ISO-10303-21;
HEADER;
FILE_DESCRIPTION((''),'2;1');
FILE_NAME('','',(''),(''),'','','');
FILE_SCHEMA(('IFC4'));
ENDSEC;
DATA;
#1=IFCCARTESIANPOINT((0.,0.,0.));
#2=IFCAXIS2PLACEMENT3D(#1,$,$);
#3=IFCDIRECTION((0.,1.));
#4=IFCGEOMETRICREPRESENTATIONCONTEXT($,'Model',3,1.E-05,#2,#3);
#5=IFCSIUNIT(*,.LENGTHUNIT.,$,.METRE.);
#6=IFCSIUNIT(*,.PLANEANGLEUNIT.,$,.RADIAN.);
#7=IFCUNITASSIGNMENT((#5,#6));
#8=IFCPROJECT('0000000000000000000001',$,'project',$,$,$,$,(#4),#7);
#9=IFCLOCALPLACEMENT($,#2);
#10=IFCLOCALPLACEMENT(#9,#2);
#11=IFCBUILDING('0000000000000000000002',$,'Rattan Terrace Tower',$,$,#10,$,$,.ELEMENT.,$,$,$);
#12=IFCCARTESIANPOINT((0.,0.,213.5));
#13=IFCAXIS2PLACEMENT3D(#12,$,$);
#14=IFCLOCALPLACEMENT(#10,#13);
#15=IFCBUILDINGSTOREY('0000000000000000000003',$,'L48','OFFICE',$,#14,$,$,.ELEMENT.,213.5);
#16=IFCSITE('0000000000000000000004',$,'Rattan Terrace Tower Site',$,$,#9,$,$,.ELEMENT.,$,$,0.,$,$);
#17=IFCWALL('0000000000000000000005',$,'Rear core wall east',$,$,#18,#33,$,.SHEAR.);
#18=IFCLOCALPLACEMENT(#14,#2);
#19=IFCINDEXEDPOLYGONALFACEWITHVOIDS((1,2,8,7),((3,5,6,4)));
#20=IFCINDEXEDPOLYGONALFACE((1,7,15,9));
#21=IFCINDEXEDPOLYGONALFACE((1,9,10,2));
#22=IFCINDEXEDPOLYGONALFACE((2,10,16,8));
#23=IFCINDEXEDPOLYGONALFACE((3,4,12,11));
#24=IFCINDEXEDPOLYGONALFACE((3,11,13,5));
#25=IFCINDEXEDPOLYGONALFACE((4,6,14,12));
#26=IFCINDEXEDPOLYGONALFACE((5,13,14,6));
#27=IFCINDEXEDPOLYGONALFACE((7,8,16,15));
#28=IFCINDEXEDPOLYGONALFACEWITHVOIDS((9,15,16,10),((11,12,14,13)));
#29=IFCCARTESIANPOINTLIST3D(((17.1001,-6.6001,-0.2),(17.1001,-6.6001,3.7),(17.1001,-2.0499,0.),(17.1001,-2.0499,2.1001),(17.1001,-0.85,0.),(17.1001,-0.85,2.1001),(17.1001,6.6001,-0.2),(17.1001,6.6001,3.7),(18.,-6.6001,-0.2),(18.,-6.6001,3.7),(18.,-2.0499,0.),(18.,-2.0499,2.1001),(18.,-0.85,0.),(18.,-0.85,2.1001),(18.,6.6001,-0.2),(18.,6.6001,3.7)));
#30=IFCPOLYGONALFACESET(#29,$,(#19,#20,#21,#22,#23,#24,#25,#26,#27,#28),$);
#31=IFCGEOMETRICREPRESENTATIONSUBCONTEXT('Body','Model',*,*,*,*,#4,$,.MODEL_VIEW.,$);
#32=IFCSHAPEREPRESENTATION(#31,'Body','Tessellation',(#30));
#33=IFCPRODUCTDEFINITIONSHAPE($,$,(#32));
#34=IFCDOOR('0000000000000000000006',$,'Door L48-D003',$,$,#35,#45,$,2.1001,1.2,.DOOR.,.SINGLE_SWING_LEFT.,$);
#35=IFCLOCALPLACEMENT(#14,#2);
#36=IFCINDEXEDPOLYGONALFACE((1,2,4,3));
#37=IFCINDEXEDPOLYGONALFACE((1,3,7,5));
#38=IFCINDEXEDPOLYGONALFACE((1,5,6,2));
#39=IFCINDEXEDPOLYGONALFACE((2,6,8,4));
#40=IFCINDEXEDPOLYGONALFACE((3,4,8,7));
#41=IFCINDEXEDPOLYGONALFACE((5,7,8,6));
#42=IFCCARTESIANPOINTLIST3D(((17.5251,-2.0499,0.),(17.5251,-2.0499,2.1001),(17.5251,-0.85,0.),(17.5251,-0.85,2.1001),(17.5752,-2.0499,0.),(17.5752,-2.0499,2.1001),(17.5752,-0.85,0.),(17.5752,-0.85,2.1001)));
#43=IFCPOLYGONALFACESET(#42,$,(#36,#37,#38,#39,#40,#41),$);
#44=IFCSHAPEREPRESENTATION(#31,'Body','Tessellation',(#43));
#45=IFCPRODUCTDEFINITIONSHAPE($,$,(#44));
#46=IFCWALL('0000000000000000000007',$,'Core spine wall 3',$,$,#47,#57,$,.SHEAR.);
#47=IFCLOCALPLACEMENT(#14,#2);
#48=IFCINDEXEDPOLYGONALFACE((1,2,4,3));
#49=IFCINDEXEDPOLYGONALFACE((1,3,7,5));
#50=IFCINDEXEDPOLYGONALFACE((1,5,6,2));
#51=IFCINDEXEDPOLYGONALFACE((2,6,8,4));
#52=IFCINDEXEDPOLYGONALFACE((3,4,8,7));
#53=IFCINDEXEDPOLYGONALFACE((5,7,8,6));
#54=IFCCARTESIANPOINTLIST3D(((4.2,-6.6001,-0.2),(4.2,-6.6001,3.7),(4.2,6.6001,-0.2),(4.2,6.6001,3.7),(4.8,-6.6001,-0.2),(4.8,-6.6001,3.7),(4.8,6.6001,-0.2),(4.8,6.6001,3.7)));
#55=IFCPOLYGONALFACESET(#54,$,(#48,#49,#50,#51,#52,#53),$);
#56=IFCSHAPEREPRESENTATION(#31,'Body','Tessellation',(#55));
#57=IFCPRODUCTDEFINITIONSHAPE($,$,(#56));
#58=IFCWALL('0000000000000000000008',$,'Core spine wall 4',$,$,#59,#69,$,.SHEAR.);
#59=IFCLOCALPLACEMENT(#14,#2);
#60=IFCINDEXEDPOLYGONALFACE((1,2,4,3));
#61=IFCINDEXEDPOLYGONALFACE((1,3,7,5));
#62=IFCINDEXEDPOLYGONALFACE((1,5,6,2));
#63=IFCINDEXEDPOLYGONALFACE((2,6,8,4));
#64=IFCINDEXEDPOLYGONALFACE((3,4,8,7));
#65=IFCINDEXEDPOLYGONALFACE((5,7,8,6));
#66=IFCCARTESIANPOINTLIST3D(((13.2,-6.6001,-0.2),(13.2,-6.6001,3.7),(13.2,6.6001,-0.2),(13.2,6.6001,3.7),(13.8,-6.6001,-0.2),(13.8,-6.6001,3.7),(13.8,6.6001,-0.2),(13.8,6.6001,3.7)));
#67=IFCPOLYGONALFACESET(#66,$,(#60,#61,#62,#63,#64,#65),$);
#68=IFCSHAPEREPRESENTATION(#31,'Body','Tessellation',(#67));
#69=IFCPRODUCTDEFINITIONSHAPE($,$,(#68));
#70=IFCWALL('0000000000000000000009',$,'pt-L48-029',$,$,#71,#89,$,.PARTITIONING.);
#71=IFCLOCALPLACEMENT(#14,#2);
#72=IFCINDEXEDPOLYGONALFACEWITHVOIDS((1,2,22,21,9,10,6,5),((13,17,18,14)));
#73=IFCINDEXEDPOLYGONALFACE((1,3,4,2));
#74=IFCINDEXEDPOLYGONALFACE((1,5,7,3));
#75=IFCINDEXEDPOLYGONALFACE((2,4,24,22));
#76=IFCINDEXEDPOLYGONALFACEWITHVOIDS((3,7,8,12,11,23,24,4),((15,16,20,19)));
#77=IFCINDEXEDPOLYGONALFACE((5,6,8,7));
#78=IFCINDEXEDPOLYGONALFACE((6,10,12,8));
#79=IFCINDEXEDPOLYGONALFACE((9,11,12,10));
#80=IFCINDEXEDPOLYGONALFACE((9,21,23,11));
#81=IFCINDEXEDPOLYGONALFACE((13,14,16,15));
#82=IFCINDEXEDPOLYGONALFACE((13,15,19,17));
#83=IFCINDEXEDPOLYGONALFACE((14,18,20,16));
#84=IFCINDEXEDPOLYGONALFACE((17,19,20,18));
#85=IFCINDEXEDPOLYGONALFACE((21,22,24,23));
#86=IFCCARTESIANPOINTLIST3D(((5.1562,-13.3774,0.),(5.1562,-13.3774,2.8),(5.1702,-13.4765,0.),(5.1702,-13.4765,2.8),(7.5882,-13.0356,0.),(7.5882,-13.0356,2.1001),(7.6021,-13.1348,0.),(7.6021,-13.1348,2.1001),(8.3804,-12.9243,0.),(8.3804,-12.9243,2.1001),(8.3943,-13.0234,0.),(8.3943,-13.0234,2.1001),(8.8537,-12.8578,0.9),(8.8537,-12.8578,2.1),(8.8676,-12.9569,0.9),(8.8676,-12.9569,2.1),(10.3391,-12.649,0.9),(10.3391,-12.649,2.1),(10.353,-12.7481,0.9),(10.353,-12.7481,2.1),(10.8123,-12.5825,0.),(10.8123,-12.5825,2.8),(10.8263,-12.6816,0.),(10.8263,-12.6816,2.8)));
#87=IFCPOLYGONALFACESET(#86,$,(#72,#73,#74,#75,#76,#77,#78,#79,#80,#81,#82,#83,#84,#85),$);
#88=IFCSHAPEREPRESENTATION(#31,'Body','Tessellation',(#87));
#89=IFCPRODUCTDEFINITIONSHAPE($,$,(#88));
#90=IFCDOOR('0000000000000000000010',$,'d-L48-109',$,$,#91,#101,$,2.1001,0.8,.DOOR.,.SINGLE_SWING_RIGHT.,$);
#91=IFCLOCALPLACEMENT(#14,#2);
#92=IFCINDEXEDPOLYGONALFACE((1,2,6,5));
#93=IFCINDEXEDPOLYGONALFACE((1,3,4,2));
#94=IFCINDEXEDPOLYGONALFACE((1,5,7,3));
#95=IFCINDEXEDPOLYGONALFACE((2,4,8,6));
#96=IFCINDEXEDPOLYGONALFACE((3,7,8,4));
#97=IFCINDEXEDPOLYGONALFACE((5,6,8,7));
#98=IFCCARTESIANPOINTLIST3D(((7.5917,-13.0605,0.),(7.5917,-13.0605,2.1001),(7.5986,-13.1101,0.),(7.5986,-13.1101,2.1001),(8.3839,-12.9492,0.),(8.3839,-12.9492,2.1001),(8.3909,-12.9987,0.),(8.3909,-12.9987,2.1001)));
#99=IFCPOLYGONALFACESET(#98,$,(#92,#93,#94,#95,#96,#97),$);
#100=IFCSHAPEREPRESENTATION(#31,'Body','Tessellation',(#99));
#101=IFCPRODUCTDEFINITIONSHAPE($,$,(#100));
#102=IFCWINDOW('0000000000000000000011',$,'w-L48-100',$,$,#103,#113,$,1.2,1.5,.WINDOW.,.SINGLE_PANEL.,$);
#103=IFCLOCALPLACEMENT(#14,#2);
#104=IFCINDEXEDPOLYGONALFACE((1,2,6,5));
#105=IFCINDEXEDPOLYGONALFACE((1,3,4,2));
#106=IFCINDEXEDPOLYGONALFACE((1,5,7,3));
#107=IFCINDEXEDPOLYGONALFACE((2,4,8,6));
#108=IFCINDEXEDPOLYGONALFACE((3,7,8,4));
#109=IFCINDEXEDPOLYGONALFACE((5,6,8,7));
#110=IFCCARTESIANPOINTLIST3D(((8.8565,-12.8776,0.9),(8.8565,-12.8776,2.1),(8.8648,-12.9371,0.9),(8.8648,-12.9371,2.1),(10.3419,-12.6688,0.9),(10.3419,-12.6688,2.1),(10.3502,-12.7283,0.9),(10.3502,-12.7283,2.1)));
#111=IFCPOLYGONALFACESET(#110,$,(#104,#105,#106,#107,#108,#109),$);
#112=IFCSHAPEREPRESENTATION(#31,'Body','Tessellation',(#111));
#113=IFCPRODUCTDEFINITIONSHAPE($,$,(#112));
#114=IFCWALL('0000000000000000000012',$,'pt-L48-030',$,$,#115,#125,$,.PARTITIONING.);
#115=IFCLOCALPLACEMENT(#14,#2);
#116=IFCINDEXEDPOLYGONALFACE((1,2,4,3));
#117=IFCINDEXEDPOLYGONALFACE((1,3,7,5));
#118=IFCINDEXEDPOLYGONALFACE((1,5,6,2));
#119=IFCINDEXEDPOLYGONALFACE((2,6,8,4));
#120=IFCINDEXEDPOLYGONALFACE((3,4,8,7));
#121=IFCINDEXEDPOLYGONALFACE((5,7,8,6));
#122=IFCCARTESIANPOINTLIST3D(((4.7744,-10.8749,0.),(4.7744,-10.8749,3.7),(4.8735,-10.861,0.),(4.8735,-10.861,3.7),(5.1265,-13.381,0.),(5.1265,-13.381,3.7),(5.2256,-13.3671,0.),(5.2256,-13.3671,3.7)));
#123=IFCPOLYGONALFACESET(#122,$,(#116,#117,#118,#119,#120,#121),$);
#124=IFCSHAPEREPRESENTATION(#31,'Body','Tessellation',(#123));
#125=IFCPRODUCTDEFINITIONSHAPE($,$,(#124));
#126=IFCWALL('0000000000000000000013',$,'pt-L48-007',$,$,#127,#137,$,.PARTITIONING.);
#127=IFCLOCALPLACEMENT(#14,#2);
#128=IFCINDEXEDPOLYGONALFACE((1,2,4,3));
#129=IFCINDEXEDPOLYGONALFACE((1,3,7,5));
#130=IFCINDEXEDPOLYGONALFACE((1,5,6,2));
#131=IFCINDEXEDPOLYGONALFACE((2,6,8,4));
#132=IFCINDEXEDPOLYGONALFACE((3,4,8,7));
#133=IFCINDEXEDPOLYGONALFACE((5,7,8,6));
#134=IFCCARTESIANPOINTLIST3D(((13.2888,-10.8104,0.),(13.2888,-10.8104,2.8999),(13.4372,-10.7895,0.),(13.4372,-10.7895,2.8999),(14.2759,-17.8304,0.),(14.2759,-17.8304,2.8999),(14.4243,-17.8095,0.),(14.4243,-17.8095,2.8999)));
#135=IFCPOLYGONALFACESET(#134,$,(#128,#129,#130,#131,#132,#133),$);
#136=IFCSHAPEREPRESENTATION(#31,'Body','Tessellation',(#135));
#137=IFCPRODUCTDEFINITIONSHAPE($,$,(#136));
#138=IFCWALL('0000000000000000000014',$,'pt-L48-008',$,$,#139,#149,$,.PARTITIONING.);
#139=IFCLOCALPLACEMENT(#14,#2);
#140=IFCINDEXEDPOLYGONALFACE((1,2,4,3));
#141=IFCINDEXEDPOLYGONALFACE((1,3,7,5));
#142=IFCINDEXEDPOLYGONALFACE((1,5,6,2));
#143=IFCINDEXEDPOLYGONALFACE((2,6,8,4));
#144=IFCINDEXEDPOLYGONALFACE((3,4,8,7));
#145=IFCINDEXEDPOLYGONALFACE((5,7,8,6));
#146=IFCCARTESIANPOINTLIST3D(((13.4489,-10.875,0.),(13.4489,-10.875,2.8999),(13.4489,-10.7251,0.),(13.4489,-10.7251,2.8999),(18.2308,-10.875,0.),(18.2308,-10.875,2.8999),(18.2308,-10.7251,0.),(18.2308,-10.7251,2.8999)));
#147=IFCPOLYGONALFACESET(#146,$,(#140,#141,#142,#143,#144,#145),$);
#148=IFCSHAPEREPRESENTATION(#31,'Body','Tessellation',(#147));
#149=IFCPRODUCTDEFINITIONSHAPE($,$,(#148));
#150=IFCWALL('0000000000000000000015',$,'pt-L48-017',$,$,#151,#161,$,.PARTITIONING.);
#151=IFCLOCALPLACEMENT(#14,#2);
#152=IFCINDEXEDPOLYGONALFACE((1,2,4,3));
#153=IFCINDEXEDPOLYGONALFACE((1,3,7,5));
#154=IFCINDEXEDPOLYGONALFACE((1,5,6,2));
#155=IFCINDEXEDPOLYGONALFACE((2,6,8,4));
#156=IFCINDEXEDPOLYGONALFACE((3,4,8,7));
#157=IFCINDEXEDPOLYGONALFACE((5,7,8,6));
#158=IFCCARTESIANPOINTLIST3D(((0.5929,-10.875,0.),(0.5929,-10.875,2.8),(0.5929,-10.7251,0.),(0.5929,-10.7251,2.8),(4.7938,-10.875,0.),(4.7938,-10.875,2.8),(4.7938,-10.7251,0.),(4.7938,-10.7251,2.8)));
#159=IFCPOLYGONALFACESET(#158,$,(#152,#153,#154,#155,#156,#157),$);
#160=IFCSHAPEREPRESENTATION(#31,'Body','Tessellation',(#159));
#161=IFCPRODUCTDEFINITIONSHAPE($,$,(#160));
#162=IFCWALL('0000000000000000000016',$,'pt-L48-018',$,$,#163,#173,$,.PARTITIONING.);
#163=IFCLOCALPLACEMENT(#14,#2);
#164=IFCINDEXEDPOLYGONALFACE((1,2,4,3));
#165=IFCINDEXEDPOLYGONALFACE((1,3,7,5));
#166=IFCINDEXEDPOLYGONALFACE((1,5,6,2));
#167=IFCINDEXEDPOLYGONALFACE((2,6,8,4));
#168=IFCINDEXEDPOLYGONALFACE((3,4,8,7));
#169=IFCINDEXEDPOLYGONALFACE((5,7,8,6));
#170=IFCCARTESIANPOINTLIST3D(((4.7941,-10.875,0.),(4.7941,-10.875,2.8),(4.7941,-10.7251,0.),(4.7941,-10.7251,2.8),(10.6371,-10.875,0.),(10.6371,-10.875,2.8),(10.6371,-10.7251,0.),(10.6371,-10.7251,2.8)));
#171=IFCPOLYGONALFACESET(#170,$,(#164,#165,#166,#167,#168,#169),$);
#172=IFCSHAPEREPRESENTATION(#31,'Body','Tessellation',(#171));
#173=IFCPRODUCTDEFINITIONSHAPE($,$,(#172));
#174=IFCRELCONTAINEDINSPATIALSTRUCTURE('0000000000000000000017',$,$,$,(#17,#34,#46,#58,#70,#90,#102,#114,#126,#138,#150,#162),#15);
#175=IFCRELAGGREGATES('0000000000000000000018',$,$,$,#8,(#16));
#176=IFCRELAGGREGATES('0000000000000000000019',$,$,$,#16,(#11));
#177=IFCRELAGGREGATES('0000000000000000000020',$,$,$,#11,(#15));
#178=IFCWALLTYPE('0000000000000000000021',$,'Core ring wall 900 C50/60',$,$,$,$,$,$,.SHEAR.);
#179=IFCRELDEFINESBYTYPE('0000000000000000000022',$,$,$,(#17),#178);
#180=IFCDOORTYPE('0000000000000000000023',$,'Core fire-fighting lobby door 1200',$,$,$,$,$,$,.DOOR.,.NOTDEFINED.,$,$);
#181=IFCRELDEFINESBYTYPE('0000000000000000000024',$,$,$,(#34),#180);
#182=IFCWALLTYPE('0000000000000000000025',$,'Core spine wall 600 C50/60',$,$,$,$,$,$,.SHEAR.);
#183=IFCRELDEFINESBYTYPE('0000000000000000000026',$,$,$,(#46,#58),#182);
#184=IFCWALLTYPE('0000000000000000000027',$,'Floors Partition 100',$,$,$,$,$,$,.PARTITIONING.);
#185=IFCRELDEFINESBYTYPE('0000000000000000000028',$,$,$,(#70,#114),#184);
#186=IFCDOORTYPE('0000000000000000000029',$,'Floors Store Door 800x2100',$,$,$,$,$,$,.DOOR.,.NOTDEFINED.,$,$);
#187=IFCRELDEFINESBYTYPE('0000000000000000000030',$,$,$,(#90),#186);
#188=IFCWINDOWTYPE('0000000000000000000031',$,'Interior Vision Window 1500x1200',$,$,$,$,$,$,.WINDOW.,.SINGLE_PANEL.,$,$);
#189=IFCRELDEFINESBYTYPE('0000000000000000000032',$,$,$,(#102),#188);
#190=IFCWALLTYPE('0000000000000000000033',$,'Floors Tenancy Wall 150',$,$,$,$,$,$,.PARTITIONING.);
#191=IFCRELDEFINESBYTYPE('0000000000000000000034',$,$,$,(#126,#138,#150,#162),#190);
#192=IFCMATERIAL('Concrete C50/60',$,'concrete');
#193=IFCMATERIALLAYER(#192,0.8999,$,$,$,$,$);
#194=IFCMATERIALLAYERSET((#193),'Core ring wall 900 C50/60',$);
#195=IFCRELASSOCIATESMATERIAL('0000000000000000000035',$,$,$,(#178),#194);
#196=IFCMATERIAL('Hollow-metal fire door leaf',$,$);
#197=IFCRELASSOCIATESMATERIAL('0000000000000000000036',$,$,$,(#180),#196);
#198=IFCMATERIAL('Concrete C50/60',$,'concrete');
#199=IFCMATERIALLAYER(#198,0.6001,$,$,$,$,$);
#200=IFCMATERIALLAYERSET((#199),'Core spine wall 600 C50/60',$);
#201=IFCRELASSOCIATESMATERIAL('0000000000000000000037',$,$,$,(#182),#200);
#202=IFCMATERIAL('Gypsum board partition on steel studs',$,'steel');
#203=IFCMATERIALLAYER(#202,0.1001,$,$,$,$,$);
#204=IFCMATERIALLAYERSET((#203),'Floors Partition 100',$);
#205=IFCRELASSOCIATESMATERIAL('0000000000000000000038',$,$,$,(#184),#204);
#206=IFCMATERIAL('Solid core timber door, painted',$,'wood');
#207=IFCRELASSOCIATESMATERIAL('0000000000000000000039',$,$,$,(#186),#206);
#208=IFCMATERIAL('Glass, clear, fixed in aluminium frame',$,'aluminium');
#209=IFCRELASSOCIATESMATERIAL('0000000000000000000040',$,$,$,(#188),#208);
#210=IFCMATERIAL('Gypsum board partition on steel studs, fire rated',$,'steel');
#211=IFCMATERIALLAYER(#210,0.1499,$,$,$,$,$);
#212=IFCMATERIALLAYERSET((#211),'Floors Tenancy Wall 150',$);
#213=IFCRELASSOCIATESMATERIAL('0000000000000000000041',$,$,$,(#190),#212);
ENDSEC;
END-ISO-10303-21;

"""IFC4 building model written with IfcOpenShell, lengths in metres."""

from ifc_helpers import new_model, si_unit, direction, frame, frame_2d, origin, place, context, subcontext, project, spatial, rectangle, extrude, material, layer, layer_set, type_object, element, fill, save


model = new_model("IFC4")

# Units and contexts
model_context = context("Model", 3, precision=1e-05, world=origin(), true_north=direction((0.0, 1.0)))
body_context = subcontext(model_context, "Body", "Model", "MODEL_VIEW")
ifc_project = project(units=[si_unit("LENGTHUNIT", "METRE"), si_unit("PLANEANGLEUNIT", "RADIAN")], contexts=[model_context])

# Site, building, storey
site_placement = place(None, origin())
site = spatial("IfcSite", under=ifc_project, at=site_placement, Name="Rattan Terrace Tower Site", CompositionType="ELEMENT", RefElevation=0.0)
building_placement = place(site_placement, origin())
building = spatial("IfcBuilding", under=site, at=building_placement, Name="Rattan Terrace Tower", CompositionType="ELEMENT")
storey_placement = place(building_placement, frame((0.0, 0.0, 213.5)))
storey = spatial("IfcBuildingStorey", under=building, at=storey_placement, Name="L48", Description="OFFICE", CompositionType="ELEMENT", Elevation=213.5)

# Wall, opening, door
ifc_material_1 = material(Name="Concrete C50/60", Category="concrete")
ifc_layer_1 = layer(ifc_material_1, 0.8999)
ifc_layer_set_1 = layer_set([ifc_layer_1], Name="Core ring wall 900 C50/60")
wall_type_1 = type_object("IfcWallType", Name="Core ring wall 900 C50/60", PredefinedType="SHEAR", material=ifc_layer_set_1)
wall_1_placement = place(storey_placement, frame((17.55, -6.6001, -0.2), z_axis=(0.0, 0.0, 1.0), x_axis=(0.0, 1.0, 0.0)))
wall_1 = element("IfcWall", 1, at=wall_1_placement, inside=storey, type_object=wall_type_1, Name="Rear core wall east", PredefinedType="SHEAR", context=body_context, shape_type="SweptSolid", body=[
    extrude(rectangle(XDim=13.2002, YDim=0.8999, at=frame_2d((6.6001, 0.0))), origin(), (0.0, 0.0, 1.0), 3.8999),
])
opening_1_placement = place(wall_1_placement, frame((4.55, 0.0, 0.2)))
opening_1 = element("IfcOpeningElement", 2, at=opening_1_placement, cuts=wall_1, PredefinedType="OPENING", context=body_context, shape_type="SweptSolid", body=[
    extrude(rectangle(XDim=1.2, YDim=2.1001, at=frame_2d((0.6001, 1.05))), frame((0.0, 0.4604, 0.0), z_axis=(0.0, -1.0, 0.0), x_axis=(1.0, 0.0, 0.0)), (0.0, 0.0, 1.0), 0.9209),
])
ifc_material_2 = material(Name="Hollow-metal fire door leaf")
door_type_1 = type_object("IfcDoorType", Name="Core fire-fighting lobby door 1200", OperationType="NOTDEFINED", PredefinedType="DOOR", material=ifc_material_2)
door_1_placement = place(opening_1_placement, origin())
door_1 = element("IfcDoor", 3, at=door_1_placement, inside=storey, type_object=door_type_1, Name="Door L48-D003", OperationType="SINGLE_SWING_LEFT", OverallHeight=2.1001, OverallWidth=1.2, PredefinedType="DOOR", context=body_context, shape_type="SweptSolid", body=[
    extrude(rectangle(XDim=1.2, YDim=2.1001, at=frame_2d((0.6001, 1.05))), frame((0.0, 0.0249, 0.0), z_axis=(0.0, -1.0, 0.0), x_axis=(1.0, 0.0, 0.0)), (0.0, 0.0, 1.0), 0.05),
])
fill(opening_1, door_1)

# Walls
ifc_material_3 = material(Name="Concrete C50/60", Category="concrete")
ifc_layer_2 = layer(ifc_material_3, 0.6001)
ifc_layer_set_2 = layer_set([ifc_layer_2], Name="Core spine wall 600 C50/60")
wall_type_2 = type_object("IfcWallType", Name="Core spine wall 600 C50/60", PredefinedType="SHEAR", material=ifc_layer_set_2)
for number, where, z_axis, x_axis, name in (
    (4, (4.5, -6.6001, -0.2), (0.0, 0.0, 1.0), (0.0, 1.0, 0.0), "Core spine wall 3"),
    (5, (13.5, -6.6001, -0.2), (0.0, 0.0, 1.0), (0.0, 1.0, 0.0), "Core spine wall 4"),
):
    element("IfcWall", number, at=place(storey_placement, frame(where, z_axis=z_axis, x_axis=x_axis)), inside=storey, type_object=wall_type_2, Name=name, PredefinedType="SHEAR", context=body_context, shape_type="SweptSolid", body=[
        extrude(rectangle(XDim=13.2002, YDim=0.6001, at=frame_2d((6.6001, 0.0))), origin(), (0.0, 0.0, 1.0), 3.8999),
    ])

# Wall, openings, door, window
ifc_material_4 = material(Name="Gypsum board partition on steel studs", Category="steel")
ifc_layer_3 = layer(ifc_material_4, 0.1001)
ifc_layer_set_3 = layer_set([ifc_layer_3], Name="Floors Partition 100")
wall_type_3 = type_object("IfcWallType", Name="Floors Partition 100", PredefinedType="PARTITIONING", material=ifc_layer_set_3)
wall_2_placement = place(storey_placement, frame((5.1631, -13.427, 0.0), z_axis=(0.0, 0.0, 1.0), x_axis=(0.990268, 0.139177, 0.0)))
wall_2 = element("IfcWall", 6, at=wall_2_placement, inside=storey, type_object=wall_type_3, Name="pt-L48-029", PredefinedType="PARTITIONING", context=body_context, shape_type="SweptSolid", body=[
    extrude(rectangle(XDim=5.7117, YDim=0.1001, at=frame_2d((2.856, 0.0))), origin(), (0.0, 0.0, 1.0), 2.8),
])
opening_2_placement = place(wall_2_placement, frame((2.4561, 0.0, 0.0)))
opening_2 = element("IfcOpeningElement", 7, at=opening_2_placement, cuts=wall_2, PredefinedType="OPENING", context=body_context, shape_type="SweptSolid", body=[
    extrude(rectangle(XDim=0.8, YDim=2.1001, at=frame_2d((0.3999, 1.05))), frame((0.0, 0.0605, 0.0), z_axis=(0.0, -1.0, 0.0), x_axis=(1.0, 0.0, 0.0)), (0.0, 0.0, 1.0), 0.1211),
])
opening_3_placement = place(wall_2_placement, frame((3.7339, 0.0, 0.8999)))
opening_3 = element("IfcOpeningElement", 8, at=opening_3_placement, cuts=wall_2, PredefinedType="OPENING", context=body_context, shape_type="SweptSolid", body=[
    extrude(rectangle(XDim=1.5, YDim=1.2, at=frame_2d((0.75, 0.6001))), frame((0.0, 0.0605, 0.0), z_axis=(0.0, -1.0, 0.0), x_axis=(1.0, 0.0, 0.0)), (0.0, 0.0, 1.0), 0.1211),
])
ifc_material_5 = material(Name="Solid core timber door, painted", Category="wood")
door_type_2 = type_object("IfcDoorType", Name="Floors Store Door 800x2100", OperationType="NOTDEFINED", PredefinedType="DOOR", material=ifc_material_5)
door_2_placement = place(opening_2_placement, origin())
door_2 = element("IfcDoor", 9, at=door_2_placement, inside=storey, type_object=door_type_2, Name="d-L48-109", OperationType="SINGLE_SWING_RIGHT", OverallHeight=2.1001, OverallWidth=0.8, PredefinedType="DOOR", context=body_context, shape_type="SweptSolid", body=[
    extrude(rectangle(XDim=0.8, YDim=2.1001, at=frame_2d((0.3999, 1.05))), frame((0.0, 0.0249, 0.0), z_axis=(0.0, -1.0, 0.0), x_axis=(1.0, 0.0, 0.0)), (0.0, 0.0, 1.0), 0.05),
])
fill(opening_2, door_2)
ifc_material_6 = material(Name="Glass, clear, fixed in aluminium frame", Category="aluminium")
window_type = type_object("IfcWindowType", Name="Interior Vision Window 1500x1200", PartitioningType="SINGLE_PANEL", PredefinedType="WINDOW", material=ifc_material_6)
window_placement = place(opening_3_placement, origin())
window = element("IfcWindow", 10, at=window_placement, inside=storey, type_object=window_type, Name="w-L48-100", OverallHeight=1.2, OverallWidth=1.5, PartitioningType="SINGLE_PANEL", PredefinedType="WINDOW", context=body_context, shape_type="SweptSolid", body=[
    extrude(rectangle(XDim=1.5, YDim=1.2, at=frame_2d((0.75, 0.6001))), frame((0.0, 0.03, 0.0), z_axis=(0.0, -1.0, 0.0), x_axis=(1.0, 0.0, 0.0)), (0.0, 0.0, 1.0), 0.0601),
])
fill(opening_3, window)

# Walls
wall_3_placement = place(storey_placement, frame((4.824, -10.8679, 0.0), z_axis=(0.0, 0.0, 1.0), x_axis=(0.139111, -0.990277, 0.0)))
element("IfcWall", 11, at=wall_3_placement, inside=storey, type_object=wall_type_3, Name="pt-L48-030", PredefinedType="PARTITIONING", context=body_context, shape_type="SweptSolid", body=[
    extrude(rectangle(XDim=2.5308, YDim=0.1001, at=frame_2d((1.2654, 0.0))), origin(), (0.0, 0.0, 1.0), 3.7),
])
ifc_material_7 = material(Name="Gypsum board partition on steel studs, fire rated", Category="steel")
ifc_layer_4 = layer(ifc_material_7, 0.1499)
ifc_layer_set_4 = layer_set([ifc_layer_4], Name="Floors Tenancy Wall 150")
wall_type_4 = type_object("IfcWallType", Name="Floors Tenancy Wall 150", PredefinedType="PARTITIONING", material=ifc_layer_set_4)
wall_4_placement = place(storey_placement, frame((13.363, -10.8, 0.0), z_axis=(0.0, 0.0, 1.0), x_axis=(0.139237, -0.990259, 0.0)))
element("IfcWall", 12, at=wall_4_placement, inside=storey, type_object=wall_type_4, Name="pt-L48-007", PredefinedType="PARTITIONING", context=body_context, shape_type="SweptSolid", body=[
    extrude(rectangle(XDim=7.0891, YDim=0.1499, at=frame_2d((3.5444, 0.0))), origin(), (0.0, 0.0, 1.0), 2.8999),
])
wall_5_placement = place(storey_placement, frame((18.231, -10.8, 0.0), z_axis=(0.0, 0.0, 1.0), x_axis=(-1.0, 0.0, 0.0)))
element("IfcWall", 13, at=wall_5_placement, inside=storey, type_object=wall_type_4, Name="pt-L48-008", PredefinedType="PARTITIONING", context=body_context, shape_type="SweptSolid", body=[
    extrude(rectangle(XDim=4.782, YDim=0.1499, at=frame_2d((2.3911, 0.0))), origin(), (0.0, 0.0, 1.0), 2.8999),
])
wall_6_placement = place(storey_placement, frame((4.7939, -10.8, 0.0), z_axis=(0.0, 0.0, 1.0), x_axis=(-1.0, 0.0, 0.0)))
element("IfcWall", 14, at=wall_6_placement, inside=storey, type_object=wall_type_4, Name="pt-L48-017", PredefinedType="PARTITIONING", context=body_context, shape_type="SweptSolid", body=[
    extrude(rectangle(XDim=4.2009, YDim=0.1499, at=frame_2d((2.1006, 0.0))), origin(), (0.0, 0.0, 1.0), 2.8),
])
wall_7_placement = place(storey_placement, frame((10.637, -10.8, 0.0), z_axis=(0.0, 0.0, 1.0), x_axis=(-1.0, 0.0, 0.0)))
element("IfcWall", 15, at=wall_7_placement, inside=storey, type_object=wall_type_4, Name="pt-L48-018", PredefinedType="PARTITIONING", context=body_context, shape_type="SweptSolid", body=[
    extrude(rectangle(XDim=5.843, YDim=0.1499, at=frame_2d((2.9214, 0.0))), origin(), (0.0, 0.0, 1.0), 2.8),
])

save(model, "model.ifc")
